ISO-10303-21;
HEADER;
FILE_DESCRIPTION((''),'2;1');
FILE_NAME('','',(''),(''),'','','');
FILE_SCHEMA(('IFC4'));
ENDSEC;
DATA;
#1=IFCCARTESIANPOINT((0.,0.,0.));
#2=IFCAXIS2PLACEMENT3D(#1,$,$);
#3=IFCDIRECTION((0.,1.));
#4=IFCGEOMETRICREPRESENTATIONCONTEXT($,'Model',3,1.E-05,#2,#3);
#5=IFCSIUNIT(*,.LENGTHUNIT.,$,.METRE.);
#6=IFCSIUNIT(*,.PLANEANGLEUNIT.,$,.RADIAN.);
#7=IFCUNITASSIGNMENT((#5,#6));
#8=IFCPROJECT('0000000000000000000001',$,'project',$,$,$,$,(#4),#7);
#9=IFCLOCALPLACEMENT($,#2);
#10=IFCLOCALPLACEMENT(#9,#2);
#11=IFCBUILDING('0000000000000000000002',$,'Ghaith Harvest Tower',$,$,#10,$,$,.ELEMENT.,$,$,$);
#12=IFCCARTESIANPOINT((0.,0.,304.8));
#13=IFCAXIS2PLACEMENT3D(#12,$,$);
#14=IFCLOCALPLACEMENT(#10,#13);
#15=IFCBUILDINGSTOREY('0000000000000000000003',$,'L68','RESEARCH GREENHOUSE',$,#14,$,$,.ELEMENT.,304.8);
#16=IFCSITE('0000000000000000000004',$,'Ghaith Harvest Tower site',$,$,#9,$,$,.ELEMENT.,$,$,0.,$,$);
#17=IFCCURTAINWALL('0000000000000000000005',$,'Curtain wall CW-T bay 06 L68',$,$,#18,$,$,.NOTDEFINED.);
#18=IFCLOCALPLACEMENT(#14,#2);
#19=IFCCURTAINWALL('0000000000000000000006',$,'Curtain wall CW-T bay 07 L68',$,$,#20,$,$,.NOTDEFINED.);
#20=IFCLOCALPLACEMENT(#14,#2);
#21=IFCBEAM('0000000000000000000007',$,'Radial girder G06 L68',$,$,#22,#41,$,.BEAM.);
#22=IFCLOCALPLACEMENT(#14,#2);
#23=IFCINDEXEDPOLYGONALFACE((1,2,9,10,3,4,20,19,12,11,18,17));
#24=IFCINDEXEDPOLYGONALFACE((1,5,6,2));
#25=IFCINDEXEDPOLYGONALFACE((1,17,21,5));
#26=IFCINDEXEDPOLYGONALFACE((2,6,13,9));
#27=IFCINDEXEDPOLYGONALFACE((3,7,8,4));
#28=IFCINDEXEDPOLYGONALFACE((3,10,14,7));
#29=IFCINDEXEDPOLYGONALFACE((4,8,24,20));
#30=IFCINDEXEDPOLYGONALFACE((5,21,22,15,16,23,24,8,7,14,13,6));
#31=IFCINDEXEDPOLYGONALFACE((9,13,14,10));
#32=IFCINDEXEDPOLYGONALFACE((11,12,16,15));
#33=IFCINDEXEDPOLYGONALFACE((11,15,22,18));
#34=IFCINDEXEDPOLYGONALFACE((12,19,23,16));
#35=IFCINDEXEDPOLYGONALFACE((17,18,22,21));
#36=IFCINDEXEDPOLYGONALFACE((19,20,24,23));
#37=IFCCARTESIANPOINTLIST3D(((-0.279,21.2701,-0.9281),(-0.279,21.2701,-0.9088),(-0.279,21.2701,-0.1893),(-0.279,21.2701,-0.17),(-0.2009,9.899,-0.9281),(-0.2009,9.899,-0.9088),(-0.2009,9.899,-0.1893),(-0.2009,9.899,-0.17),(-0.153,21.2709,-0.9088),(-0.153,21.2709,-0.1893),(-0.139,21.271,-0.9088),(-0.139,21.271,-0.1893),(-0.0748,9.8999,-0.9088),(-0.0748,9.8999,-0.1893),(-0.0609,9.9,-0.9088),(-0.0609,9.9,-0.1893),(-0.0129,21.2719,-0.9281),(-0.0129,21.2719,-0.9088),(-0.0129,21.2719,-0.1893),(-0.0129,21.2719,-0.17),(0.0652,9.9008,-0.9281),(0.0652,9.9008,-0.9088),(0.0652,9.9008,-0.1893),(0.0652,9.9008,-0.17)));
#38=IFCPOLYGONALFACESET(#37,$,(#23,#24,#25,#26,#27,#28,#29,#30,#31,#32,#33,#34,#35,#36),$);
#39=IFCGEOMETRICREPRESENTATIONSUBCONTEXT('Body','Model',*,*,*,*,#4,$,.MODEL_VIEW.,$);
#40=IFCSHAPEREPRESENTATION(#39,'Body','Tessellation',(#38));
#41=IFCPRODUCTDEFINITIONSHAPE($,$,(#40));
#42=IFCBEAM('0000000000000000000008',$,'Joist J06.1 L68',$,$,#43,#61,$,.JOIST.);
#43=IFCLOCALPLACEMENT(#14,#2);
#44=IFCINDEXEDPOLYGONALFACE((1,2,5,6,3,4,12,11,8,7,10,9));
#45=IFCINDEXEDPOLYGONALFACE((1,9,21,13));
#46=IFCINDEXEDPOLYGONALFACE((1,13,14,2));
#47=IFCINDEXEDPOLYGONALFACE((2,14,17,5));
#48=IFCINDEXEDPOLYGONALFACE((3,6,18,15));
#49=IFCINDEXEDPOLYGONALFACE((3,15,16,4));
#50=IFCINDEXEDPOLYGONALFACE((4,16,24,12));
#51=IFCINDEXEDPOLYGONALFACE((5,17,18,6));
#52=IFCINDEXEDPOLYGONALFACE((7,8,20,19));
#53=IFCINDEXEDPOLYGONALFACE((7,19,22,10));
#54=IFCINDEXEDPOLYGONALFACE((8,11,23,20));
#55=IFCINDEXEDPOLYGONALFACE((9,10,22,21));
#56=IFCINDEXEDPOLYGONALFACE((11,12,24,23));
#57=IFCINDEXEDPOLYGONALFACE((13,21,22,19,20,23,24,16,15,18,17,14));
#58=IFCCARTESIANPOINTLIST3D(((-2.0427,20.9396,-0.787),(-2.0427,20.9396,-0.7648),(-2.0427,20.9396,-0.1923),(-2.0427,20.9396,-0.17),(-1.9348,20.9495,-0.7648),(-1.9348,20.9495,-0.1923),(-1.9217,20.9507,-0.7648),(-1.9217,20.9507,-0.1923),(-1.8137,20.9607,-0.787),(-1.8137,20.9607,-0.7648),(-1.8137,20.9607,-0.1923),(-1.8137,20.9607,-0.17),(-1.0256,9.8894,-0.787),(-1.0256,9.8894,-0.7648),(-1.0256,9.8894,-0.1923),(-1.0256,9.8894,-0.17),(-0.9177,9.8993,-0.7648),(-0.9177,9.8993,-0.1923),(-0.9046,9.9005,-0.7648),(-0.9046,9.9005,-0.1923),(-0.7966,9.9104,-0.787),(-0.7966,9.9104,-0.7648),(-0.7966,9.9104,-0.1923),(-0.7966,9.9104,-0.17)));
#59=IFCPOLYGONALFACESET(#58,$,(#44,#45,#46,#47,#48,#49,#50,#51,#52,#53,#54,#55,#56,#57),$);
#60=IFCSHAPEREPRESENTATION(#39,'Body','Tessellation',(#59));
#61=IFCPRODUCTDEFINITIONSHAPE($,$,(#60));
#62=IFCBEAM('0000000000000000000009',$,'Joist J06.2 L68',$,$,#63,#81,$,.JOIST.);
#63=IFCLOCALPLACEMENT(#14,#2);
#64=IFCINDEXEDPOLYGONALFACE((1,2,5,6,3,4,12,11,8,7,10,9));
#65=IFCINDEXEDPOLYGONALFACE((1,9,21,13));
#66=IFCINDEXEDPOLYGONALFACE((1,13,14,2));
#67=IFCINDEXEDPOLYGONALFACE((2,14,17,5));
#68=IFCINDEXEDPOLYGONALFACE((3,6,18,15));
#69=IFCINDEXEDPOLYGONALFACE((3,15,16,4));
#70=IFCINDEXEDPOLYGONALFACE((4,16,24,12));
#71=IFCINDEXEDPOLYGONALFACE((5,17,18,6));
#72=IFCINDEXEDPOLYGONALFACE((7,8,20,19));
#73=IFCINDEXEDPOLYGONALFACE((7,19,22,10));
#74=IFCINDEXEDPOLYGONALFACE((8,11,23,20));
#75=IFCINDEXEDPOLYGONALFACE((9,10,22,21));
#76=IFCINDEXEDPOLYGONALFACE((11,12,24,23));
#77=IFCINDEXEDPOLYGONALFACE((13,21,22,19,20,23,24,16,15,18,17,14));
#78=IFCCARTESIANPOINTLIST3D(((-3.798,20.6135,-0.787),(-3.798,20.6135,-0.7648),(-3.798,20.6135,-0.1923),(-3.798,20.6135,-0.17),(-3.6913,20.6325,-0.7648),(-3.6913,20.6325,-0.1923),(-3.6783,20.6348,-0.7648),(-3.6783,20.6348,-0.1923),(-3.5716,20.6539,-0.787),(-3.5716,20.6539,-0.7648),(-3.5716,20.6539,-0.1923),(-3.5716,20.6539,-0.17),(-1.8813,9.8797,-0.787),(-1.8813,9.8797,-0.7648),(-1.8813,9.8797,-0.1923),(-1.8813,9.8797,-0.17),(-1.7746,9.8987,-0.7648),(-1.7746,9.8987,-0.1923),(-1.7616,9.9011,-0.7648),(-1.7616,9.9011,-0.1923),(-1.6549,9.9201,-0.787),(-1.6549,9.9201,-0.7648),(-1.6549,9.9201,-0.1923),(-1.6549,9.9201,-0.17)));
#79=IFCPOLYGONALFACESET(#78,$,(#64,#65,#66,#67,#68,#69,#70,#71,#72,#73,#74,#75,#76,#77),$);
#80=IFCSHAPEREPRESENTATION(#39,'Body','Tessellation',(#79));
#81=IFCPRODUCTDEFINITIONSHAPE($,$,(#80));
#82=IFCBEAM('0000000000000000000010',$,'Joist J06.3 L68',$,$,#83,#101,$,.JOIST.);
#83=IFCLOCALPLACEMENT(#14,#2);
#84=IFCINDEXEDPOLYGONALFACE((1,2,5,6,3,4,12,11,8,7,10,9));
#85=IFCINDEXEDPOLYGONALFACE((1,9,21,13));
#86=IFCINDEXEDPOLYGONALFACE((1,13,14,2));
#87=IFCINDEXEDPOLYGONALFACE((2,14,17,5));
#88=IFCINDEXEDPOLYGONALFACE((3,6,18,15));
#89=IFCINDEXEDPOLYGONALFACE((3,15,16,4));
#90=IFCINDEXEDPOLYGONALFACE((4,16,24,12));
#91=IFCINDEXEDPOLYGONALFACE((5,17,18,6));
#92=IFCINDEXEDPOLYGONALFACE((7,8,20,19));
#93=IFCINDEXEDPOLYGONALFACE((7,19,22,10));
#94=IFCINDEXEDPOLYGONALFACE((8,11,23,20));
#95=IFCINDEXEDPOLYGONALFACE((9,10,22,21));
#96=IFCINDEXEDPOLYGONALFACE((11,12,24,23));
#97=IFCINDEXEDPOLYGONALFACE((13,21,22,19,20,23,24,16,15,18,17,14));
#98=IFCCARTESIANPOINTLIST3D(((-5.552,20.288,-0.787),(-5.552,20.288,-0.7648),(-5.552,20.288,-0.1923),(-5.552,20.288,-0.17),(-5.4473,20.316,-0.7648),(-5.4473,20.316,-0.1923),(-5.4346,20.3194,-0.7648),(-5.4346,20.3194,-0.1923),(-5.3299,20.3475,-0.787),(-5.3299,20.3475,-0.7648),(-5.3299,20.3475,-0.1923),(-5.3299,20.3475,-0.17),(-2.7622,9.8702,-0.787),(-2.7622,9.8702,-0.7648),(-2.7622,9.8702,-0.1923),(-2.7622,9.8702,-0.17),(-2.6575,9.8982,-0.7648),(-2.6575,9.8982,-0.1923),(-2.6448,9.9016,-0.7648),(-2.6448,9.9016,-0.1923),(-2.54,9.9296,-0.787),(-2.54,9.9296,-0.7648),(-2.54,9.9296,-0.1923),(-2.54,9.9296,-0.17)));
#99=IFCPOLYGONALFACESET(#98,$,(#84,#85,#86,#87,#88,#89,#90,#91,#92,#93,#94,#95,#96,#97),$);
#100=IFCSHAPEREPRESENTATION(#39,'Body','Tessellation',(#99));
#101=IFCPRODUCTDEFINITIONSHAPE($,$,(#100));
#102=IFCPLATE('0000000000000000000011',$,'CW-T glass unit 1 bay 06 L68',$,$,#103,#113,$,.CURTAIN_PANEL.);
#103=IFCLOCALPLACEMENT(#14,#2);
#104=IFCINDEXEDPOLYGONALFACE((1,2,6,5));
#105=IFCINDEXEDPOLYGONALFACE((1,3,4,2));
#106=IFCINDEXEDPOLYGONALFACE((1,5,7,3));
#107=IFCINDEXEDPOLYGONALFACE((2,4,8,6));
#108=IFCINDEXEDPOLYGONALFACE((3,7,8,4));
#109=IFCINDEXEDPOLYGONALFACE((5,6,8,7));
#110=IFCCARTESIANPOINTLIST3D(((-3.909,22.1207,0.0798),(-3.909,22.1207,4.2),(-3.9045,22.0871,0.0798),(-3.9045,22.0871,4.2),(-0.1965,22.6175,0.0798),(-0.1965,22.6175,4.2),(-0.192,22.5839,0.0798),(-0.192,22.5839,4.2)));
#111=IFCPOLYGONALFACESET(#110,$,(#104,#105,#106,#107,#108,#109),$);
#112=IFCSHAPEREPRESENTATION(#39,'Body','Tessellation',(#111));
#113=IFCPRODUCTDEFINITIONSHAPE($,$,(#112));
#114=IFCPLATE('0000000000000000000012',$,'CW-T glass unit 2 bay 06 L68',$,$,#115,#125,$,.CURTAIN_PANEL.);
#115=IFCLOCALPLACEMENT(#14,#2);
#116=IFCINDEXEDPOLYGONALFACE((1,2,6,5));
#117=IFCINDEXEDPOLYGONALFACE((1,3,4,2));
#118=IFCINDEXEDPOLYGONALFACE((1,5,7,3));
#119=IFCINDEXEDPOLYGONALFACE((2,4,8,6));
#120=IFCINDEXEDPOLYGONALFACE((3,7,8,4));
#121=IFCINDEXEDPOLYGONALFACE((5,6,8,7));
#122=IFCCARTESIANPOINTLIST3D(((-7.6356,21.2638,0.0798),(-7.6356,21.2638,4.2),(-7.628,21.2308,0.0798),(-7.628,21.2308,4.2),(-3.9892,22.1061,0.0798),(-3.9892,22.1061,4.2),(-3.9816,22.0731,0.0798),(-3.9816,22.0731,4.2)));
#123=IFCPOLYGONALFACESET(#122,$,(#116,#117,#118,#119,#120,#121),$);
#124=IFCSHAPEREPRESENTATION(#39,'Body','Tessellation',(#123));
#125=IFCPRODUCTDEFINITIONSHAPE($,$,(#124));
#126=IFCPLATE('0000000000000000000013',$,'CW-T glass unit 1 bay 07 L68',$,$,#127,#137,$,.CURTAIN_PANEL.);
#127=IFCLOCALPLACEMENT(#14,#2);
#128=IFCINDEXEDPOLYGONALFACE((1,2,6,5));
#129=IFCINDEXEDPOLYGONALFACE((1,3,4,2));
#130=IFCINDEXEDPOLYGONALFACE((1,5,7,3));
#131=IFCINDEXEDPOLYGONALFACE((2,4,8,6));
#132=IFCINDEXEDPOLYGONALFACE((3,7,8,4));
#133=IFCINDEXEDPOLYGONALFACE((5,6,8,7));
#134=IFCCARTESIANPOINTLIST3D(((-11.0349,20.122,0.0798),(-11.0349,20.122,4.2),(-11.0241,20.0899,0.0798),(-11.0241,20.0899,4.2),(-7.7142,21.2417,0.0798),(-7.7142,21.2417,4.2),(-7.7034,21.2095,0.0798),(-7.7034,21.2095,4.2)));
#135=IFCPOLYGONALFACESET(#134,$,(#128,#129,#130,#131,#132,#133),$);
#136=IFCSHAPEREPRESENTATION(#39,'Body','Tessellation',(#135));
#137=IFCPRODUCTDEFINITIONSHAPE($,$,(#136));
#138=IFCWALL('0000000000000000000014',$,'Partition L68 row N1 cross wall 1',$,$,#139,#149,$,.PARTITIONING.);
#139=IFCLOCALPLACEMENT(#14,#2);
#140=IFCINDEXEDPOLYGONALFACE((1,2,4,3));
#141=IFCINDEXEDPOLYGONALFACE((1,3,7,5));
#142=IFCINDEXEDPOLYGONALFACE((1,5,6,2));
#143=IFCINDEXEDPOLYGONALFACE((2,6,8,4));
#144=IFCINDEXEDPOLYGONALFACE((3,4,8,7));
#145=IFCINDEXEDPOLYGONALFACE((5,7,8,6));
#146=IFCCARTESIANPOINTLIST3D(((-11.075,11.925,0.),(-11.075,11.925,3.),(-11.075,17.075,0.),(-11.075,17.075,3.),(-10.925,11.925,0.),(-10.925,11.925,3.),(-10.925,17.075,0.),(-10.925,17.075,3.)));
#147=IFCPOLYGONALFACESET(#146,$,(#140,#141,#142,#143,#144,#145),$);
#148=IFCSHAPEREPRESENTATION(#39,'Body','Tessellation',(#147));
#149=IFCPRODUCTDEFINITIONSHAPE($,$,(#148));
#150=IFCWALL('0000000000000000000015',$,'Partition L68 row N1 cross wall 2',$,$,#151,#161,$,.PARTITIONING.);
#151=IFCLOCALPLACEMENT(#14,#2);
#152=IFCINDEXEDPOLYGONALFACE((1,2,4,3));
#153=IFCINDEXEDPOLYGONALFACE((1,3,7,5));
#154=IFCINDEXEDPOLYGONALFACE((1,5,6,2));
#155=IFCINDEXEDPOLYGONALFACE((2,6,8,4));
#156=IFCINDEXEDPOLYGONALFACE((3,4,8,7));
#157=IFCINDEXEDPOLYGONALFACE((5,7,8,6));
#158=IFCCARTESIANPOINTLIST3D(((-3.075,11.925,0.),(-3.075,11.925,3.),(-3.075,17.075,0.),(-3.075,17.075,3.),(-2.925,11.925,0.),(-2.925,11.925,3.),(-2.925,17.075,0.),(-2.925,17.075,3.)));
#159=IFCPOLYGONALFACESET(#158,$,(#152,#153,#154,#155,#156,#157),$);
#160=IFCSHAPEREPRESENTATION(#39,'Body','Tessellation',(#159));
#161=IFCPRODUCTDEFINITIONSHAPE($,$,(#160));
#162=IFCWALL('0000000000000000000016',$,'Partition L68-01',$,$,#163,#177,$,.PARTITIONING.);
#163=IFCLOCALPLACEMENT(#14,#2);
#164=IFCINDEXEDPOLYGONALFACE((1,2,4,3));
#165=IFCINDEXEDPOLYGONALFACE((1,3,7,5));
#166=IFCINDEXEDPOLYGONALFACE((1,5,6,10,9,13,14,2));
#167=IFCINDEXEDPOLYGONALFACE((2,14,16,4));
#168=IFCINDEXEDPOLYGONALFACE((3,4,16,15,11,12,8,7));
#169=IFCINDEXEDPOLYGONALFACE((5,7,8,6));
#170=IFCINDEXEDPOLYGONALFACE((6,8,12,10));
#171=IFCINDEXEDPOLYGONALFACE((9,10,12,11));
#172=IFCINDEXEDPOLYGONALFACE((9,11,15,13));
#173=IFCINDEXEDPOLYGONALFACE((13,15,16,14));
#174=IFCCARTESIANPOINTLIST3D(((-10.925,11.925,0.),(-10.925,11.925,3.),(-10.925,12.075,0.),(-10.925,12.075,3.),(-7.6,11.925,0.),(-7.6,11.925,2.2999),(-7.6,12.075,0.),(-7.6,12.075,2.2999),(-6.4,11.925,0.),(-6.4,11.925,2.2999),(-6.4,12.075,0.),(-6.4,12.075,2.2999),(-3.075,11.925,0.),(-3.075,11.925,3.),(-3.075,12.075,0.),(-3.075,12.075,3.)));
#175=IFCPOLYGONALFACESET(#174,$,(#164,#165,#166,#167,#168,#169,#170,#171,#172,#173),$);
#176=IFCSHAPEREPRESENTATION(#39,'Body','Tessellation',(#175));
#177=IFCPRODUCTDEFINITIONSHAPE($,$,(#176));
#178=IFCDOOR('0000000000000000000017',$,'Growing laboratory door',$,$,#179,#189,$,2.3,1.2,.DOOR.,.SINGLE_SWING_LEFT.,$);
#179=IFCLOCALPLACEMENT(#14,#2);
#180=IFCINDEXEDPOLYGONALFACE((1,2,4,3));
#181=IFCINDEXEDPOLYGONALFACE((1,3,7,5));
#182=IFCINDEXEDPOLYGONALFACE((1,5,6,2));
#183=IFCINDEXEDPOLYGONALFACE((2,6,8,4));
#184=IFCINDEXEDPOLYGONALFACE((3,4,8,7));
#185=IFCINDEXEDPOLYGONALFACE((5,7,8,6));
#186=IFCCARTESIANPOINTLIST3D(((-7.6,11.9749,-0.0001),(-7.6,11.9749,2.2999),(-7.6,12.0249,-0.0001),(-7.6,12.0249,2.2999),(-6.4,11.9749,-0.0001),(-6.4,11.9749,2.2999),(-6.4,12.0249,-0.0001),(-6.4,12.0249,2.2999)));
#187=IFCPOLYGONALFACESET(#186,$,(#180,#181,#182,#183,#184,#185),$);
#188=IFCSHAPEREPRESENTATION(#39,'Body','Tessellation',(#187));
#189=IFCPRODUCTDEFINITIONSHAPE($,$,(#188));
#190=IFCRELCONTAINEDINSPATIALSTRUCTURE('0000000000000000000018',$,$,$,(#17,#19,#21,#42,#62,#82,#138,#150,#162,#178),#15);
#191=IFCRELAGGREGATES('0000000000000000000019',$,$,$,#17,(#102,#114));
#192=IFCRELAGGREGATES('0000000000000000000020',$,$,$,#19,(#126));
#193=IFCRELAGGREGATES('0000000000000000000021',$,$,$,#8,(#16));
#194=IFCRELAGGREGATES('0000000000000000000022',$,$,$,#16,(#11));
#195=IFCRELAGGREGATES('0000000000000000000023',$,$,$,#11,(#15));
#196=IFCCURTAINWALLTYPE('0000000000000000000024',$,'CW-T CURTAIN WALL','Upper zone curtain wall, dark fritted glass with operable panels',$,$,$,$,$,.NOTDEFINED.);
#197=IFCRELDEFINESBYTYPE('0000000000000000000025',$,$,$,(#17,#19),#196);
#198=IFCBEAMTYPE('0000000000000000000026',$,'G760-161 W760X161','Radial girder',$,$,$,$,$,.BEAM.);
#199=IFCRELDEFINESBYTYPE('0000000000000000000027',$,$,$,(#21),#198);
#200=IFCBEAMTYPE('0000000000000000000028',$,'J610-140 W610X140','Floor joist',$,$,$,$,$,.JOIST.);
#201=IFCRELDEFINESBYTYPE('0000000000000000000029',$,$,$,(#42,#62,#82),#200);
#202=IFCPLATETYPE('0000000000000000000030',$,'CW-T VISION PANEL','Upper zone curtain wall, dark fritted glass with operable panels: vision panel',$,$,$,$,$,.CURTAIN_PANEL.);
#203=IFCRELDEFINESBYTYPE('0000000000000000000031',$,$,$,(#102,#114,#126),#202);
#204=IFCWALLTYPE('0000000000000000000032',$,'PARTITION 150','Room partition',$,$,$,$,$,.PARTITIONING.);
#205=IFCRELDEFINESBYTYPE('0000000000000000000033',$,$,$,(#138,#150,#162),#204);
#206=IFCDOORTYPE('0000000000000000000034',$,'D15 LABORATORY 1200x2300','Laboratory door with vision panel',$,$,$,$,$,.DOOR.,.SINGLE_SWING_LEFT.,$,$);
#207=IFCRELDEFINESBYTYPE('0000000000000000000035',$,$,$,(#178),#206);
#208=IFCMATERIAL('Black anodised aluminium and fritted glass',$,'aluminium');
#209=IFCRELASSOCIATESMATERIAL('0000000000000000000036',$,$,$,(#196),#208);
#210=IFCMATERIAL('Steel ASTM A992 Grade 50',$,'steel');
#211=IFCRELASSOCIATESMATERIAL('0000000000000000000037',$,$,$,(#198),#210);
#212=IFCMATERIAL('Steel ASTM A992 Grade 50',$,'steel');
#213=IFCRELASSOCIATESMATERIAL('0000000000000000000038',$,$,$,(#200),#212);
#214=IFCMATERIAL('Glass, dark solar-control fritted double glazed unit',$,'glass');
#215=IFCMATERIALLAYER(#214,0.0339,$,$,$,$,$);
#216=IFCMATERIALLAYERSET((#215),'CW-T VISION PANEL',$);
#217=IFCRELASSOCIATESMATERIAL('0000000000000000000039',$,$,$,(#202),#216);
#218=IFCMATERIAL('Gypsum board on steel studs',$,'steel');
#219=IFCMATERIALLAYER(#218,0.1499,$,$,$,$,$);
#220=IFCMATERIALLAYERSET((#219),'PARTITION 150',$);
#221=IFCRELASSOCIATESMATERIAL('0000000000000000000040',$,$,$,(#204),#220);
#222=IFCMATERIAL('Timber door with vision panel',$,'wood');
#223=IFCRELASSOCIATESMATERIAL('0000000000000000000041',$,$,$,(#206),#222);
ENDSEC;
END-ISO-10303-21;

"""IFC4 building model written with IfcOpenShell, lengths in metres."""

from ifc_helpers import new_model, si_unit, direction, frame, frame_2d, origin, origin_2d, place, context, subcontext, project, spatial, rectangle, i_section, extrude, material, layer, layer_set, material_profile, profile_set, type_object, element, fill, aggregate, save


model = new_model("IFC4")

# Units and contexts
model_context = context("Model", 3, precision=1e-05, world=origin(), true_north=direction((0.0, 1.0)))
body_context = subcontext(model_context, "Body", "Model", "MODEL_VIEW")
ifc_project = project(units=[si_unit("LENGTHUNIT", "METRE"), si_unit("PLANEANGLEUNIT", "RADIAN")], contexts=[model_context])

# Site, building, storey
site_placement = place(None, origin())
site = spatial("IfcSite", under=ifc_project, at=site_placement, Name="Ghaith Harvest Tower site", CompositionType="ELEMENT", RefElevation=0.0)
building_placement = place(site_placement, origin())
building = spatial("IfcBuilding", under=site, at=building_placement, Name="Ghaith Harvest Tower", CompositionType="ELEMENT")
storey_placement = place(building_placement, frame((0.0, 0.0, 304.8)))
storey = spatial("IfcBuildingStorey", under=building, at=storey_placement, Name="L68", Description="RESEARCH GREENHOUSE", CompositionType="ELEMENT", Elevation=304.8)

# Curtain walls
ifc_material_1 = material(Name="Black anodised aluminium and fritted glass", Category="aluminium")
curtain_wall_type = type_object("IfcCurtainWallType", Name="CW-T CURTAIN WALL", Description="Upper zone curtain wall, dark fritted glass with operable panels", PredefinedType="NOTDEFINED", material=ifc_material_1)
curtain_wall_1_placement = place(storey_placement, origin())
curtain_wall_1 = element("IfcCurtainWall", 1, at=curtain_wall_1_placement, inside=storey, type_object=curtain_wall_type, Name="Curtain wall CW-T bay 06 L68", PredefinedType="NOTDEFINED")
curtain_wall_2_placement = place(storey_placement, origin())
curtain_wall_2 = element("IfcCurtainWall", 2, at=curtain_wall_2_placement, inside=storey, type_object=curtain_wall_type, Name="Curtain wall CW-T bay 07 L68", PredefinedType="NOTDEFINED")

# Beams
ifc_material_2 = material(Name="Steel ASTM A992 Grade 50", Category="steel")
ifc_material_profile_1 = material_profile(ifc_material_2, i_section(OverallWidth=0.2661, OverallDepth=0.7581, WebThickness=0.0139, FlangeThickness=0.0193, at=origin_2d()), Name="W760X161")
ifc_profile_set_1 = profile_set([ifc_material_profile_1], Name="Steel ASTM A992 Grade 50")
beam_type_1 = type_object("IfcBeamType", Name="G760-161 W760X161", Description="Radial girder", PredefinedType="BEAM", material=ifc_profile_set_1)
beam_1_placement = place(storey_placement, frame((-0.0679, 9.8999, -0.5491), z_axis=(-0.00687, 0.999976, 0.0), x_axis=(-0.999976, -0.00687, 0.0)))
element("IfcBeam", 3, at=beam_1_placement, inside=storey, type_object=beam_type_1, Name="Radial girder G06 L68", PredefinedType="BEAM", context=body_context, shape_type="SweptSolid", body=[
    extrude(i_section(OverallWidth=0.2661, OverallDepth=0.7581, WebThickness=0.0139, FlangeThickness=0.0193, at=origin_2d()), origin(), (0.0, 0.0, 1.0), 11.3713),
])
ifc_material_3 = material(Name="Steel ASTM A992 Grade 50", Category="steel")
ifc_material_profile_2 = material_profile(ifc_material_3, i_section(OverallWidth=0.23, OverallDepth=0.6169, WebThickness=0.0132, FlangeThickness=0.0222, at=origin_2d()), Name="W610X140")
ifc_profile_set_2 = profile_set([ifc_material_profile_2], Name="Steel ASTM A992 Grade 50")
beam_type_2 = type_object("IfcBeamType", Name="J610-140 W610X140", Description="Floor joist", PredefinedType="JOIST", material=ifc_profile_set_2)
beam_2_placement = place(storey_placement, frame((-0.9111, 9.8999, -0.4785), z_axis=(-0.091654, 0.995791, 0.0), x_axis=(-0.995791, -0.091654, 0.0)))
element("IfcBeam", 4, at=beam_2_placement, inside=storey, type_object=beam_type_2, Name="Joist J06.1 L68", PredefinedType="JOIST", context=body_context, shape_type="SweptSolid", body=[
    extrude(i_section(OverallWidth=0.23, OverallDepth=0.6169, WebThickness=0.0132, FlangeThickness=0.0222, at=origin_2d()), origin(), (0.0, 0.0, 1.0), 11.0969),
])
beam_3_placement = place(storey_placement, frame((-1.7681, 9.8999, -0.4785), z_axis=(-0.175789, 0.984428, 0.0), x_axis=(-0.984428, -0.175789, 0.0)))
element("IfcBeam", 5, at=beam_3_placement, inside=storey, type_object=beam_type_2, Name="Joist J06.2 L68", PredefinedType="JOIST", context=body_context, shape_type="SweptSolid", body=[
    extrude(i_section(OverallWidth=0.23, OverallDepth=0.6169, WebThickness=0.0132, FlangeThickness=0.0222, at=origin_2d()), origin(), (0.0, 0.0, 1.0), 10.9036),
])
beam_4_placement = place(storey_placement, frame((-2.6511, 9.8999, -0.4785), z_axis=(-0.258678, 0.965964, 0.0), x_axis=(-0.965964, -0.258678, 0.0)))
element("IfcBeam", 6, at=beam_4_placement, inside=storey, type_object=beam_type_2, Name="Joist J06.3 L68", PredefinedType="JOIST", context=body_context, shape_type="SweptSolid", body=[
    extrude(i_section(OverallWidth=0.23, OverallDepth=0.6169, WebThickness=0.0132, FlangeThickness=0.0222, at=origin_2d()), origin(), (0.0, 0.0, 1.0), 10.7849),
])

# Plates
ifc_material_4 = material(Name="Glass, dark solar-control fritted double glazed unit", Category="glass")
ifc_layer_1 = layer(ifc_material_4, 0.0339)
ifc_layer_set_1 = layer_set([ifc_layer_1], Name="CW-T VISION PANEL")
plate_type = type_object("IfcPlateType", Name="CW-T VISION PANEL", Description="Upper zone curtain wall, dark fritted glass with operable panels: vision panel", PredefinedType="CURTAIN_PANEL", material=ifc_layer_set_1)
plate_1_placement = place(storey_placement, frame((-2.0505, 22.3523, 0.0798), z_axis=(0.0, 0.0, 1.0), x_axis=(-0.991165, -0.132633, 0.0)))
plate_1 = element("IfcPlate", 7, at=plate_1_placement, type_object=plate_type, Name="CW-T glass unit 1 bay 06 L68", PredefinedType="CURTAIN_PANEL", context=body_context, shape_type="SweptSolid", body=[
    extrude(rectangle(XDim=3.7456, YDim=0.0339, at=origin_2d()), origin(), (0.0, 0.0, 1.0), 4.1201),
])
plate_2_placement = place(storey_placement, frame((-5.8086, 21.6685, 0.0798), z_axis=(0.0, 0.0, 1.0), x_axis=(-0.974342, -0.225072, 0.0)))
plate_2 = element("IfcPlate", 8, at=plate_2_placement, type_object=plate_type, Name="CW-T glass unit 2 bay 06 L68", PredefinedType="CURTAIN_PANEL", context=body_context, shape_type="SweptSolid", body=[
    extrude(rectangle(XDim=3.7424, YDim=0.0339, at=origin_2d()), origin(), (0.0, 0.0, 1.0), 4.1201),
])
aggregate(curtain_wall_1, [plate_1, plate_2])
plate_3_placement = place(storey_placement, frame((-9.3691, 20.6658, 0.0798), z_axis=(0.0, 0.0, 1.0), x_axis=(-0.947586, -0.3195, 0.0)))
plate_3 = element("IfcPlate", 9, at=plate_3_placement, type_object=plate_type, Name="CW-T glass unit 1 bay 07 L68", PredefinedType="CURTAIN_PANEL", context=body_context, shape_type="SweptSolid", body=[
    extrude(rectangle(XDim=3.5044, YDim=0.0339, at=origin_2d()), origin(), (0.0, 0.0, 1.0), 4.1201),
])
aggregate(curtain_wall_2, [plate_3])

# Walls
ifc_material_5 = material(Name="Gypsum board on steel studs", Category="steel")
ifc_layer_2 = layer(ifc_material_5, 0.1499)
ifc_layer_set_2 = layer_set([ifc_layer_2], Name="PARTITION 150")
wall_type = type_object("IfcWallType", Name="PARTITION 150", Description="Room partition", PredefinedType="PARTITIONING", material=ifc_layer_set_2)
for number, where, z_axis, x_axis, name in (
    (10, (-11.0, 11.925, 0.0), (0.0, 0.0, 1.0), (0.0, 1.0, 0.0), "Partition L68 row N1 cross wall 1"),
    (11, (-3.0, 11.925, 0.0), (0.0, 0.0, 1.0), (0.0, 1.0, 0.0), "Partition L68 row N1 cross wall 2"),
):
    element("IfcWall", number, at=place(storey_placement, frame(where, z_axis=z_axis, x_axis=x_axis)), inside=storey, type_object=wall_type, Name=name, PredefinedType="PARTITIONING", context=body_context, shape_type="SweptSolid", body=[
        extrude(rectangle(XDim=5.1499, YDim=0.1499, at=frame_2d((2.575, 0.0))), origin(), (0.0, 0.0, 1.0), 3.0),
    ])

# Wall, opening, door
wall_1_placement = place(storey_placement, frame((-10.925, 12.0, 0.0), z_axis=(0.0, 0.0, 1.0), x_axis=(1.0, 0.0, 0.0)))
wall_1 = element("IfcWall", 12, at=wall_1_placement, inside=storey, type_object=wall_type, Name="Partition L68-01", PredefinedType="PARTITIONING", context=body_context, shape_type="SweptSolid", body=[
    extrude(rectangle(XDim=7.8501, YDim=0.1499, at=frame_2d((3.925, 0.0))), origin(), (0.0, 0.0, 1.0), 3.0),
])
opening_1_placement = place(wall_1_placement, frame((3.325, 0.0, 0.0)))
opening_1 = element("IfcOpeningElement", 13, at=opening_1_placement, cuts=wall_1, PredefinedType="OPENING", context=body_context, shape_type="SweptSolid", body=[
    extrude(rectangle(XDim=1.2, YDim=2.3, at=frame_2d((0.6001, 1.1499))), frame((0.0, 0.085, 0.0), z_axis=(0.0, -1.0, 0.0), x_axis=(1.0, 0.0, 0.0)), (0.0, 0.0, 1.0), 0.1699),
])
ifc_material_6 = material(Name="Timber door with vision panel", Category="wood")
door_type = type_object("IfcDoorType", Name="D15 LABORATORY 1200x2300", Description="Laboratory door with vision panel", OperationType="SINGLE_SWING_LEFT", PredefinedType="DOOR", material=ifc_material_6)
door_1_placement = place(opening_1_placement, origin())
door_1 = element("IfcDoor", 14, at=door_1_placement, inside=storey, type_object=door_type, Name="Growing laboratory door", OperationType="SINGLE_SWING_LEFT", OverallHeight=2.3, OverallWidth=1.2, PredefinedType="DOOR", context=body_context, shape_type="SweptSolid", body=[
    extrude(rectangle(XDim=1.2, YDim=2.3, at=frame_2d((0.6001, 1.1499))), frame((0.0, 0.0249, 0.0), z_axis=(0.0, -1.0, 0.0), x_axis=(1.0, 0.0, 0.0)), (0.0, 0.0, 1.0), 0.05),
])
fill(opening_1, door_1)

save(model, "model.ifc")
